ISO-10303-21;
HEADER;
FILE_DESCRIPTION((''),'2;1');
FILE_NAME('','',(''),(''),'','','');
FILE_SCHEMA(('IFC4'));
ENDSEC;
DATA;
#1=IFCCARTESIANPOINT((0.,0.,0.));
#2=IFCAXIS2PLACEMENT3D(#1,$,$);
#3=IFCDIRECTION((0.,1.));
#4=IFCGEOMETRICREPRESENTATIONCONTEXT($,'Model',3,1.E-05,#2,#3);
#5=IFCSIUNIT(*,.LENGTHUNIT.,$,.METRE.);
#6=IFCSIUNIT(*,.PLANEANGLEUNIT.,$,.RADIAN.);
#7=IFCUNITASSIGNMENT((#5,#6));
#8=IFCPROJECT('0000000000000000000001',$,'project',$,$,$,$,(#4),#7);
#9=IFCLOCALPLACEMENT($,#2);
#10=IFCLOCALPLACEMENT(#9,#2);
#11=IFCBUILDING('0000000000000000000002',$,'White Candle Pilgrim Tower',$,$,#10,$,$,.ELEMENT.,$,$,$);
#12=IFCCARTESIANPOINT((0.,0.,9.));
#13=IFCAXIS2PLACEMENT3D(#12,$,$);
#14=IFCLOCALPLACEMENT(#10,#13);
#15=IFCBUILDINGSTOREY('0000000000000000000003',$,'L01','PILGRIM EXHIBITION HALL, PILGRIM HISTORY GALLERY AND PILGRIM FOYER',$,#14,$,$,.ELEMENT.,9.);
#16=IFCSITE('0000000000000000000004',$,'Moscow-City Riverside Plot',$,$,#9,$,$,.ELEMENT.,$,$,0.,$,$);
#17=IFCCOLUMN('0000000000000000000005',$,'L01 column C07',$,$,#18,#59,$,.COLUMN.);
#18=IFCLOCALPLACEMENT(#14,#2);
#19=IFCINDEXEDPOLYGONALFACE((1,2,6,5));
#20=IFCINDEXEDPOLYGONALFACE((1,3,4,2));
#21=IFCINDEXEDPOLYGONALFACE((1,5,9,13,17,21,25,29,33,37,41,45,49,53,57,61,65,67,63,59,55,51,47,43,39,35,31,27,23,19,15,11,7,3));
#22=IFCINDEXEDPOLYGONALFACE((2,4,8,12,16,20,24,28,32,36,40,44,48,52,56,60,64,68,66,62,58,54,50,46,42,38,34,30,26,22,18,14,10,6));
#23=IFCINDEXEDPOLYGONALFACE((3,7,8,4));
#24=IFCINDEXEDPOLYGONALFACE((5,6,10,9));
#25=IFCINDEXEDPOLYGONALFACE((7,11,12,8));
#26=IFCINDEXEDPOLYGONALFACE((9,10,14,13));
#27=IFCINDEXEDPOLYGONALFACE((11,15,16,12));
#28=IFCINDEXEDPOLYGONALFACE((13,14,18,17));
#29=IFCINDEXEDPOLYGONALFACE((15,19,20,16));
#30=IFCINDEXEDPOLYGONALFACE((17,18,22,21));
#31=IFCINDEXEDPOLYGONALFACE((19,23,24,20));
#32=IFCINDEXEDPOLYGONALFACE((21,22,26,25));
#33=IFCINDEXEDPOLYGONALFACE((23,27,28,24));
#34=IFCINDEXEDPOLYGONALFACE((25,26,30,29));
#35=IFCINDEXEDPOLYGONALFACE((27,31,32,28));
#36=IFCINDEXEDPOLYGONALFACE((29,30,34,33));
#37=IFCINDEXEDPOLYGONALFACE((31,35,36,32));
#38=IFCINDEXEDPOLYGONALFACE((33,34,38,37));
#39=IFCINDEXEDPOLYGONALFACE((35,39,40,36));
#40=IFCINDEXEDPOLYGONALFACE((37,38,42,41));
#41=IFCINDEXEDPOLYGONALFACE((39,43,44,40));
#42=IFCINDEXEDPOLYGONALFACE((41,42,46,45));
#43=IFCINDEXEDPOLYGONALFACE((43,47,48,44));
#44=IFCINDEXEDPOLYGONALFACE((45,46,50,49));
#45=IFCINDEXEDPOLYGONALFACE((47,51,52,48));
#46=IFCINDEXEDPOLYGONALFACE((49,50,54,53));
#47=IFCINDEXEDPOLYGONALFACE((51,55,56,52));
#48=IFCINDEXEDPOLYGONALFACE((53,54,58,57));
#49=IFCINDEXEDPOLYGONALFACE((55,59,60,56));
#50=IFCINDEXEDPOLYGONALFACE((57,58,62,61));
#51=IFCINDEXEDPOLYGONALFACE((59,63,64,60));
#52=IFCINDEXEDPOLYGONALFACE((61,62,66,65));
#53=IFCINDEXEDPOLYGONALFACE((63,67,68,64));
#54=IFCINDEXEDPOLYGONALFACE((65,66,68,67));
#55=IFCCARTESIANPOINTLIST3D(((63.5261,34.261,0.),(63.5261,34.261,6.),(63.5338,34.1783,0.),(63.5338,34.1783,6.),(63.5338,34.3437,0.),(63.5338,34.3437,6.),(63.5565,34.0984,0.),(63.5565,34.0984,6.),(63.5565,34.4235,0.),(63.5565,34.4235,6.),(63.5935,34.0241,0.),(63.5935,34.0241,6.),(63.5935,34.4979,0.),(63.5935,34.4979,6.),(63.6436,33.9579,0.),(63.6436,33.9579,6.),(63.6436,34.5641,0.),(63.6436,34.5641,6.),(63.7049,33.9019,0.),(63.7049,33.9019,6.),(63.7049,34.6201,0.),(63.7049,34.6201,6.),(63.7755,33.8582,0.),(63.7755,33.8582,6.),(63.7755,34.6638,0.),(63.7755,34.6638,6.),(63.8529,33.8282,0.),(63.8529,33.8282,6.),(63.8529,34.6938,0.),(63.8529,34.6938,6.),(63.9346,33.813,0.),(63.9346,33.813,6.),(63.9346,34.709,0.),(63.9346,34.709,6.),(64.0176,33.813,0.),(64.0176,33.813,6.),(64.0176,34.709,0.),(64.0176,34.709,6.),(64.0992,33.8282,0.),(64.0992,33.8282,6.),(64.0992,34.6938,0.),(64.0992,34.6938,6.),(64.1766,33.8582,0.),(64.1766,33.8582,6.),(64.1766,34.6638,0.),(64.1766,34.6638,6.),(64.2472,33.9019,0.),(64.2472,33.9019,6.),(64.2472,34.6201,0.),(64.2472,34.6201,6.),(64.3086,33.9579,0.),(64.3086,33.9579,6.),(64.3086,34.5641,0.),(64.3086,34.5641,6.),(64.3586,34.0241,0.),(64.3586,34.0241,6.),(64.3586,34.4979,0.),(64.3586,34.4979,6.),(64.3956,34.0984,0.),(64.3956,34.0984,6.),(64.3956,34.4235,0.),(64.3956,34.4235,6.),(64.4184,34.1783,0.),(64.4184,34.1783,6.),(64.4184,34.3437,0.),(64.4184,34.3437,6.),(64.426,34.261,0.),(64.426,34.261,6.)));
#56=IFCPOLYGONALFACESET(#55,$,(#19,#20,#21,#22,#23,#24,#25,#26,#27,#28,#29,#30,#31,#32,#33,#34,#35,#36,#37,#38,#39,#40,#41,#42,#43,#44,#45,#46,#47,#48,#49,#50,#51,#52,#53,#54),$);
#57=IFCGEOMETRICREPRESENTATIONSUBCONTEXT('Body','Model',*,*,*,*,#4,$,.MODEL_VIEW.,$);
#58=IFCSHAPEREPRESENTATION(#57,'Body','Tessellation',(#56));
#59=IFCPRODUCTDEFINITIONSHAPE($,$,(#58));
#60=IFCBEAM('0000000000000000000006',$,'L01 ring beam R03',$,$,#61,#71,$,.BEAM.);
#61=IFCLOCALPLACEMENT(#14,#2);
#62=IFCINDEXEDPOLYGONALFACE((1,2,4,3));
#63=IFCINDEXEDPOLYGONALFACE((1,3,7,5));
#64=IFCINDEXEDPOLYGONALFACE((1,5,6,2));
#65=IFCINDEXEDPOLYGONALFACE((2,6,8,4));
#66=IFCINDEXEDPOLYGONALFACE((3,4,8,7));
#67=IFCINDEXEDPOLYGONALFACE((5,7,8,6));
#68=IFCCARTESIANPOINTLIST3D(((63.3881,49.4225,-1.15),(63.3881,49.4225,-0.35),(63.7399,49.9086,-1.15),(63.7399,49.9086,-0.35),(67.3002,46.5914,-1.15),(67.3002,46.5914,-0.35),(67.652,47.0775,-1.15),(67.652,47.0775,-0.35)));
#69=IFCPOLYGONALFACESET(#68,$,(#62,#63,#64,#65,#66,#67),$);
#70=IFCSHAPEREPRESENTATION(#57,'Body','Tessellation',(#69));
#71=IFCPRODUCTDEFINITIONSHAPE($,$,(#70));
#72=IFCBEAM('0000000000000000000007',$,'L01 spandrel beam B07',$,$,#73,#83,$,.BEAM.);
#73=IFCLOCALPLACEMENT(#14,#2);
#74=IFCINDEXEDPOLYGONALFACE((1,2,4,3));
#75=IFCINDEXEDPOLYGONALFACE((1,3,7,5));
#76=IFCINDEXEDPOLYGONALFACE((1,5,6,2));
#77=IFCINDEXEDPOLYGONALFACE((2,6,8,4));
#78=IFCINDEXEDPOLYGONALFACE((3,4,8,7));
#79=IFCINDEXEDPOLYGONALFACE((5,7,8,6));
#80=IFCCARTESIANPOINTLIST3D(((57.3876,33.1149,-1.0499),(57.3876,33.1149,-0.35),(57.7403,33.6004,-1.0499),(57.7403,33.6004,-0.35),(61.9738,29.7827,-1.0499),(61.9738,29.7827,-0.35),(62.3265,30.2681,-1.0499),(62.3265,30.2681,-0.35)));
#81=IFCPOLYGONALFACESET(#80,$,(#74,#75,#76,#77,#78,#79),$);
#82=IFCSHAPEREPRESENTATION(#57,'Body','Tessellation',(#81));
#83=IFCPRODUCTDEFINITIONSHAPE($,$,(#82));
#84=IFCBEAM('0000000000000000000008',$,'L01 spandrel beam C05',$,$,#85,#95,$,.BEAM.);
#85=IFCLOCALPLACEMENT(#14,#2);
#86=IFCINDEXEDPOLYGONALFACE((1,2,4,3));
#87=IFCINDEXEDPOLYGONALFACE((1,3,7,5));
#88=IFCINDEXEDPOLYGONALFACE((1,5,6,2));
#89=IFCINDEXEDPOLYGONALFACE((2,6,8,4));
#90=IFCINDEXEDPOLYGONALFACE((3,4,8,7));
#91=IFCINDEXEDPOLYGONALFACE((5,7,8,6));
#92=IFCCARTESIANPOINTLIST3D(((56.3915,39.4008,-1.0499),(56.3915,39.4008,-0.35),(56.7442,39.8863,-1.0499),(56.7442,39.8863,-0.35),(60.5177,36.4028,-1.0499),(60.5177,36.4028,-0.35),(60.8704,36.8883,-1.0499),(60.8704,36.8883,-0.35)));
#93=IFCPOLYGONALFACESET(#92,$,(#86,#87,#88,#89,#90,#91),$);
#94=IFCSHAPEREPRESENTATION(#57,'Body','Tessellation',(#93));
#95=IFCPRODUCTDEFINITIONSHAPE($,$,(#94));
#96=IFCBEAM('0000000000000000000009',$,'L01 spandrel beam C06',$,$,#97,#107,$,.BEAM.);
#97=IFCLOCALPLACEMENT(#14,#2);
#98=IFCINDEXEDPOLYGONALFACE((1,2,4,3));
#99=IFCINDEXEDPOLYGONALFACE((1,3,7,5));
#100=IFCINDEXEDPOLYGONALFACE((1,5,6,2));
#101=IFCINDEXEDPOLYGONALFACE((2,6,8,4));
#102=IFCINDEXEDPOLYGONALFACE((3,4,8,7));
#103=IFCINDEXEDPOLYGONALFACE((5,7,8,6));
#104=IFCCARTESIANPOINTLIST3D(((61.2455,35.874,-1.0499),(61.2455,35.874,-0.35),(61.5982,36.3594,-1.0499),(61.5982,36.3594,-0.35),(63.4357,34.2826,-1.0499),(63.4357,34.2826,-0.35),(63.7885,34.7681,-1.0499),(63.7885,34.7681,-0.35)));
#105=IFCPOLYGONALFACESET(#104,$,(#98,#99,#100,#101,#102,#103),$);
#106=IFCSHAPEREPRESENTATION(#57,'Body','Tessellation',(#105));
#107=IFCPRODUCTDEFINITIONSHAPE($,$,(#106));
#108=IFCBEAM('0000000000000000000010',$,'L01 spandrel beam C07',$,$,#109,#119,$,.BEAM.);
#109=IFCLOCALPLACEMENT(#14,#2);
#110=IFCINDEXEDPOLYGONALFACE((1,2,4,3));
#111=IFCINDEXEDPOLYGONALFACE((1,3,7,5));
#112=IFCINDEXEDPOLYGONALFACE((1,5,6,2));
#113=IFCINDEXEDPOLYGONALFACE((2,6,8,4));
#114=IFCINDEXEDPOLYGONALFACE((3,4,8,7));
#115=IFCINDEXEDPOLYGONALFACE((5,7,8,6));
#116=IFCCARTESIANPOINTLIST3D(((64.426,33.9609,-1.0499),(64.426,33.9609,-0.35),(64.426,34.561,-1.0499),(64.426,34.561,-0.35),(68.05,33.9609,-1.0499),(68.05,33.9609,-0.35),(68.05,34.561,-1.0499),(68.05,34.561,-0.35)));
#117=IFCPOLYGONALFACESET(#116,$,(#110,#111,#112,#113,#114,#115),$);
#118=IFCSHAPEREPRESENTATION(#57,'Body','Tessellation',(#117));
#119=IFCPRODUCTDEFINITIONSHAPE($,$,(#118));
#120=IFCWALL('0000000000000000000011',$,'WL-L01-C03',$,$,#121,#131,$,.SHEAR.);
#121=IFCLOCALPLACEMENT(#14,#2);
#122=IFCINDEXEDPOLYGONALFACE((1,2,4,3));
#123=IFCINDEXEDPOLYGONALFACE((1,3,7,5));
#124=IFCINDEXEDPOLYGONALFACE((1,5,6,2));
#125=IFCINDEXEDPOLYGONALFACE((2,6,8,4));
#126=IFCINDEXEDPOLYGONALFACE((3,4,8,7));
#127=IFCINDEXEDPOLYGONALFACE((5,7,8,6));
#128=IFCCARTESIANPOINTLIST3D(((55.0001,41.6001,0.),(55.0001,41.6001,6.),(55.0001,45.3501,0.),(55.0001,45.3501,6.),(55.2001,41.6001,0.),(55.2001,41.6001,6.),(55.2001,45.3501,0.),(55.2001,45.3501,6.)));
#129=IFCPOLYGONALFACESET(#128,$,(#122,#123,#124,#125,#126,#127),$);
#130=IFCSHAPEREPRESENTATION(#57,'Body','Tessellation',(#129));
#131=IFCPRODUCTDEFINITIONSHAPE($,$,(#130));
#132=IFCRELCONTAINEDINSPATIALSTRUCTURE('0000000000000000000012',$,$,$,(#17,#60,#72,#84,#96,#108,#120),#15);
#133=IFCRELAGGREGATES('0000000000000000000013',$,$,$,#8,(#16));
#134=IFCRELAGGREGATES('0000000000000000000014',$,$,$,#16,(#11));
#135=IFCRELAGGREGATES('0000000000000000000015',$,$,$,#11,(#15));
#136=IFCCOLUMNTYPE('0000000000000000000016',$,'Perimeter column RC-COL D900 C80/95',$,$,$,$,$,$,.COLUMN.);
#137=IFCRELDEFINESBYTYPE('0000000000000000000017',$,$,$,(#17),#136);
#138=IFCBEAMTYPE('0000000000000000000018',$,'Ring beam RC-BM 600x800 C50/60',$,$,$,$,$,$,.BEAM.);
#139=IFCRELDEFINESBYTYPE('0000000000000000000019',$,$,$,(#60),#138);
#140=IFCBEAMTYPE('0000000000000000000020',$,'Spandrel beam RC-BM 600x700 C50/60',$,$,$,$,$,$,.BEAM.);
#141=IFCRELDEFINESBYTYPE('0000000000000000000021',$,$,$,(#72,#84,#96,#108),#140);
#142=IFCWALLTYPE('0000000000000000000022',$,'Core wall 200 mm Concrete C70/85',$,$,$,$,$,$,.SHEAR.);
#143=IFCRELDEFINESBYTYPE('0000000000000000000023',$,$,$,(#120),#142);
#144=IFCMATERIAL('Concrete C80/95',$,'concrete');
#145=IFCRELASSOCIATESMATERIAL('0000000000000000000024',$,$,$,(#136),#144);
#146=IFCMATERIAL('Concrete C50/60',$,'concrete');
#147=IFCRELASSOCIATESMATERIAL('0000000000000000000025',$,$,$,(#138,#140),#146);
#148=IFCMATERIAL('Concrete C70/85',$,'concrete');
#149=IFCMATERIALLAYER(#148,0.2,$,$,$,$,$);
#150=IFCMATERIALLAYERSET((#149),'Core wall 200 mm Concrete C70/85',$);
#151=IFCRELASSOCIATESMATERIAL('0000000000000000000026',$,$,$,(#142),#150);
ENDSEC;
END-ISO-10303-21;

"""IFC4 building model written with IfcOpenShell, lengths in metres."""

from ifc_helpers import new_model, si_unit, direction, frame, frame_2d, origin, origin_2d, place, context, subcontext, project, spatial, rectangle, circle, extrude, material, layer, layer_set, material_profile, profile_set, type_object, element, save


model = new_model("IFC4")

# Units and contexts
model_context = context("Model", 3, precision=1e-05, world=origin(), true_north=direction((0.0, 1.0)))
body_context = subcontext(model_context, "Body", "Model", "MODEL_VIEW")
ifc_project = project(units=[si_unit("LENGTHUNIT", "METRE"), si_unit("PLANEANGLEUNIT", "RADIAN")], contexts=[model_context])

# Site, building, storey
site_placement = place(None, origin())
site = spatial("IfcSite", under=ifc_project, at=site_placement, Name="Moscow-City Riverside Plot", CompositionType="ELEMENT", RefElevation=0.0)
building_placement = place(site_placement, origin())
building = spatial("IfcBuilding", under=site, at=building_placement, Name="White Candle Pilgrim Tower", CompositionType="ELEMENT")
storey_placement = place(building_placement, frame((0.0, 0.0, 9.0)))
storey = spatial("IfcBuildingStorey", under=building, at=storey_placement, Name="L01", Description="PILGRIM EXHIBITION HALL, PILGRIM HISTORY GALLERY AND PILGRIM FOYER", CompositionType="ELEMENT", Elevation=9.0)

# Column
ifc_material_1 = material(Name="Concrete C80/95", Category="concrete")
ifc_material_profile_1 = material_profile(ifc_material_1, circle(Radius=0.45, at=origin_2d()), Name="RC-COL D900")
ifc_profile_set_1 = profile_set([ifc_material_profile_1], Name="Concrete C80/95")
column_type = type_object("IfcColumnType", Name="Perimeter column RC-COL D900 C80/95", PredefinedType="COLUMN", material=ifc_profile_set_1)
for number, where, z_axis, x_axis, name in (
    (1, (63.9761, 34.261, 0.0), (0.0, 0.0, 1.0), (1.0, 0.0, 0.0), "L01 column C07"),
):
    element("IfcColumn", number, at=place(storey_placement, frame(where, z_axis=z_axis, x_axis=x_axis)), inside=storey, type_object=column_type, Name=name, PredefinedType="COLUMN", context=body_context, shape_type="SweptSolid", body=[
        extrude(circle(Radius=0.45, at=origin_2d()), origin(), (0.0, 0.0, 1.0), 6.0),
    ])

# Beams
ifc_material_2 = material(Name="Concrete C50/60", Category="concrete")
ifc_material_profile_2 = material_profile(ifc_material_2, rectangle(XDim=0.6001, YDim=0.8, at=origin_2d()), Name="RC-BM 600x800")
ifc_profile_set_2 = profile_set([ifc_material_profile_2], Name="Concrete C50/60")
beam_type_1 = type_object("IfcBeamType", Name="Ring beam RC-BM 600x800 C50/60", PredefinedType="BEAM", material=ifc_profile_set_2)
beam_1_placement = place(storey_placement, frame((63.564, 49.6655, -0.75), z_axis=(0.810124, -0.586258, 0.0), x_axis=(0.586258, 0.810124, 0.0)))
element("IfcBeam", 2, at=beam_1_placement, inside=storey, type_object=beam_type_1, Name="L01 ring beam R03", PredefinedType="BEAM", context=body_context, shape_type="SweptSolid", body=[
    extrude(rectangle(XDim=0.6001, YDim=0.8, at=origin_2d()), origin(), (0.0, 0.0, 1.0), 4.8291),
])
ifc_material_profile_3 = material_profile(ifc_material_2, rectangle(XDim=0.6001, YDim=0.7, at=origin_2d()), Name="RC-BM 600x700")
ifc_profile_set_3 = profile_set([ifc_material_profile_3], Name="Concrete C50/60")
beam_type_2 = type_object("IfcBeamType", Name="Spandrel beam RC-BM 600x700 C50/60", PredefinedType="BEAM", material=ifc_profile_set_3)
beam_2_placement = place(storey_placement, frame((57.564, 33.3577, -0.7), z_axis=(0.808999, -0.587811, 0.0), x_axis=(0.587811, 0.808999, 0.0)))
element("IfcBeam", 3, at=beam_2_placement, inside=storey, type_object=beam_type_2, Name="L01 spandrel beam B07", PredefinedType="BEAM", context=body_context, shape_type="SweptSolid", body=[
    extrude(rectangle(XDim=0.6001, YDim=0.7, at=origin_2d()), origin(), (0.0, 0.0, 1.0), 5.6689),
])
beam_3_placement = place(storey_placement, frame((56.5679, 39.6436, -0.7), z_axis=(0.809001, -0.587807, 0.0), x_axis=(0.587807, 0.809001, 0.0)))
element("IfcBeam", 4, at=beam_3_placement, inside=storey, type_object=beam_type_2, Name="L01 spandrel beam C05", PredefinedType="BEAM", context=body_context, shape_type="SweptSolid", body=[
    extrude(rectangle(XDim=0.6001, YDim=0.7, at=origin_2d()), origin(), (0.0, 0.0, 1.0), 5.1003),
])
beam_4_placement = place(storey_placement, frame((61.4219, 36.1167, -0.7), z_axis=(0.809009, -0.587796, 0.0), x_axis=(0.587796, 0.809009, 0.0)))
element("IfcBeam", 5, at=beam_4_placement, inside=storey, type_object=beam_type_2, Name="L01 spandrel beam C06", PredefinedType="BEAM", context=body_context, shape_type="SweptSolid", body=[
    extrude(rectangle(XDim=0.6001, YDim=0.7, at=origin_2d()), origin(), (0.0, 0.0, 1.0), 2.7073),
])
beam_5_placement = place(storey_placement, frame((64.426, 34.261, -0.7), z_axis=(1.0, 0.0, 0.0), x_axis=(0.0, 1.0, 0.0)))
element("IfcBeam", 6, at=beam_5_placement, inside=storey, type_object=beam_type_2, Name="L01 spandrel beam C07", PredefinedType="BEAM", context=body_context, shape_type="SweptSolid", body=[
    extrude(rectangle(XDim=0.6001, YDim=0.7, at=origin_2d()), origin(), (0.0, 0.0, 1.0), 3.624),
])

# Wall
ifc_material_3 = material(Name="Concrete C70/85", Category="concrete")
ifc_layer_1 = layer(ifc_material_3, 0.2)
ifc_layer_set_1 = layer_set([ifc_layer_1], Name="Core wall 200 mm Concrete C70/85")
wall_type_1 = type_object("IfcWallType", Name="Core wall 200 mm Concrete C70/85", PredefinedType="SHEAR", material=ifc_layer_set_1)
wall_1_placement = place(storey_placement, frame((55.1001, 41.6001, 0.0), z_axis=(0.0, 0.0, 1.0), x_axis=(0.0, 1.0, 0.0)))
element("IfcWall", 7, at=wall_1_placement, inside=storey, type_object=wall_type_1, Name="WL-L01-C03", PredefinedType="SHEAR", context=body_context, shape_type="SweptSolid", body=[
    extrude(rectangle(XDim=3.75, YDim=0.2, at=frame_2d((1.875, 0.0))), origin(), (0.0, 0.0, 1.0), 6.0),
])

save(model, "model.ifc")
